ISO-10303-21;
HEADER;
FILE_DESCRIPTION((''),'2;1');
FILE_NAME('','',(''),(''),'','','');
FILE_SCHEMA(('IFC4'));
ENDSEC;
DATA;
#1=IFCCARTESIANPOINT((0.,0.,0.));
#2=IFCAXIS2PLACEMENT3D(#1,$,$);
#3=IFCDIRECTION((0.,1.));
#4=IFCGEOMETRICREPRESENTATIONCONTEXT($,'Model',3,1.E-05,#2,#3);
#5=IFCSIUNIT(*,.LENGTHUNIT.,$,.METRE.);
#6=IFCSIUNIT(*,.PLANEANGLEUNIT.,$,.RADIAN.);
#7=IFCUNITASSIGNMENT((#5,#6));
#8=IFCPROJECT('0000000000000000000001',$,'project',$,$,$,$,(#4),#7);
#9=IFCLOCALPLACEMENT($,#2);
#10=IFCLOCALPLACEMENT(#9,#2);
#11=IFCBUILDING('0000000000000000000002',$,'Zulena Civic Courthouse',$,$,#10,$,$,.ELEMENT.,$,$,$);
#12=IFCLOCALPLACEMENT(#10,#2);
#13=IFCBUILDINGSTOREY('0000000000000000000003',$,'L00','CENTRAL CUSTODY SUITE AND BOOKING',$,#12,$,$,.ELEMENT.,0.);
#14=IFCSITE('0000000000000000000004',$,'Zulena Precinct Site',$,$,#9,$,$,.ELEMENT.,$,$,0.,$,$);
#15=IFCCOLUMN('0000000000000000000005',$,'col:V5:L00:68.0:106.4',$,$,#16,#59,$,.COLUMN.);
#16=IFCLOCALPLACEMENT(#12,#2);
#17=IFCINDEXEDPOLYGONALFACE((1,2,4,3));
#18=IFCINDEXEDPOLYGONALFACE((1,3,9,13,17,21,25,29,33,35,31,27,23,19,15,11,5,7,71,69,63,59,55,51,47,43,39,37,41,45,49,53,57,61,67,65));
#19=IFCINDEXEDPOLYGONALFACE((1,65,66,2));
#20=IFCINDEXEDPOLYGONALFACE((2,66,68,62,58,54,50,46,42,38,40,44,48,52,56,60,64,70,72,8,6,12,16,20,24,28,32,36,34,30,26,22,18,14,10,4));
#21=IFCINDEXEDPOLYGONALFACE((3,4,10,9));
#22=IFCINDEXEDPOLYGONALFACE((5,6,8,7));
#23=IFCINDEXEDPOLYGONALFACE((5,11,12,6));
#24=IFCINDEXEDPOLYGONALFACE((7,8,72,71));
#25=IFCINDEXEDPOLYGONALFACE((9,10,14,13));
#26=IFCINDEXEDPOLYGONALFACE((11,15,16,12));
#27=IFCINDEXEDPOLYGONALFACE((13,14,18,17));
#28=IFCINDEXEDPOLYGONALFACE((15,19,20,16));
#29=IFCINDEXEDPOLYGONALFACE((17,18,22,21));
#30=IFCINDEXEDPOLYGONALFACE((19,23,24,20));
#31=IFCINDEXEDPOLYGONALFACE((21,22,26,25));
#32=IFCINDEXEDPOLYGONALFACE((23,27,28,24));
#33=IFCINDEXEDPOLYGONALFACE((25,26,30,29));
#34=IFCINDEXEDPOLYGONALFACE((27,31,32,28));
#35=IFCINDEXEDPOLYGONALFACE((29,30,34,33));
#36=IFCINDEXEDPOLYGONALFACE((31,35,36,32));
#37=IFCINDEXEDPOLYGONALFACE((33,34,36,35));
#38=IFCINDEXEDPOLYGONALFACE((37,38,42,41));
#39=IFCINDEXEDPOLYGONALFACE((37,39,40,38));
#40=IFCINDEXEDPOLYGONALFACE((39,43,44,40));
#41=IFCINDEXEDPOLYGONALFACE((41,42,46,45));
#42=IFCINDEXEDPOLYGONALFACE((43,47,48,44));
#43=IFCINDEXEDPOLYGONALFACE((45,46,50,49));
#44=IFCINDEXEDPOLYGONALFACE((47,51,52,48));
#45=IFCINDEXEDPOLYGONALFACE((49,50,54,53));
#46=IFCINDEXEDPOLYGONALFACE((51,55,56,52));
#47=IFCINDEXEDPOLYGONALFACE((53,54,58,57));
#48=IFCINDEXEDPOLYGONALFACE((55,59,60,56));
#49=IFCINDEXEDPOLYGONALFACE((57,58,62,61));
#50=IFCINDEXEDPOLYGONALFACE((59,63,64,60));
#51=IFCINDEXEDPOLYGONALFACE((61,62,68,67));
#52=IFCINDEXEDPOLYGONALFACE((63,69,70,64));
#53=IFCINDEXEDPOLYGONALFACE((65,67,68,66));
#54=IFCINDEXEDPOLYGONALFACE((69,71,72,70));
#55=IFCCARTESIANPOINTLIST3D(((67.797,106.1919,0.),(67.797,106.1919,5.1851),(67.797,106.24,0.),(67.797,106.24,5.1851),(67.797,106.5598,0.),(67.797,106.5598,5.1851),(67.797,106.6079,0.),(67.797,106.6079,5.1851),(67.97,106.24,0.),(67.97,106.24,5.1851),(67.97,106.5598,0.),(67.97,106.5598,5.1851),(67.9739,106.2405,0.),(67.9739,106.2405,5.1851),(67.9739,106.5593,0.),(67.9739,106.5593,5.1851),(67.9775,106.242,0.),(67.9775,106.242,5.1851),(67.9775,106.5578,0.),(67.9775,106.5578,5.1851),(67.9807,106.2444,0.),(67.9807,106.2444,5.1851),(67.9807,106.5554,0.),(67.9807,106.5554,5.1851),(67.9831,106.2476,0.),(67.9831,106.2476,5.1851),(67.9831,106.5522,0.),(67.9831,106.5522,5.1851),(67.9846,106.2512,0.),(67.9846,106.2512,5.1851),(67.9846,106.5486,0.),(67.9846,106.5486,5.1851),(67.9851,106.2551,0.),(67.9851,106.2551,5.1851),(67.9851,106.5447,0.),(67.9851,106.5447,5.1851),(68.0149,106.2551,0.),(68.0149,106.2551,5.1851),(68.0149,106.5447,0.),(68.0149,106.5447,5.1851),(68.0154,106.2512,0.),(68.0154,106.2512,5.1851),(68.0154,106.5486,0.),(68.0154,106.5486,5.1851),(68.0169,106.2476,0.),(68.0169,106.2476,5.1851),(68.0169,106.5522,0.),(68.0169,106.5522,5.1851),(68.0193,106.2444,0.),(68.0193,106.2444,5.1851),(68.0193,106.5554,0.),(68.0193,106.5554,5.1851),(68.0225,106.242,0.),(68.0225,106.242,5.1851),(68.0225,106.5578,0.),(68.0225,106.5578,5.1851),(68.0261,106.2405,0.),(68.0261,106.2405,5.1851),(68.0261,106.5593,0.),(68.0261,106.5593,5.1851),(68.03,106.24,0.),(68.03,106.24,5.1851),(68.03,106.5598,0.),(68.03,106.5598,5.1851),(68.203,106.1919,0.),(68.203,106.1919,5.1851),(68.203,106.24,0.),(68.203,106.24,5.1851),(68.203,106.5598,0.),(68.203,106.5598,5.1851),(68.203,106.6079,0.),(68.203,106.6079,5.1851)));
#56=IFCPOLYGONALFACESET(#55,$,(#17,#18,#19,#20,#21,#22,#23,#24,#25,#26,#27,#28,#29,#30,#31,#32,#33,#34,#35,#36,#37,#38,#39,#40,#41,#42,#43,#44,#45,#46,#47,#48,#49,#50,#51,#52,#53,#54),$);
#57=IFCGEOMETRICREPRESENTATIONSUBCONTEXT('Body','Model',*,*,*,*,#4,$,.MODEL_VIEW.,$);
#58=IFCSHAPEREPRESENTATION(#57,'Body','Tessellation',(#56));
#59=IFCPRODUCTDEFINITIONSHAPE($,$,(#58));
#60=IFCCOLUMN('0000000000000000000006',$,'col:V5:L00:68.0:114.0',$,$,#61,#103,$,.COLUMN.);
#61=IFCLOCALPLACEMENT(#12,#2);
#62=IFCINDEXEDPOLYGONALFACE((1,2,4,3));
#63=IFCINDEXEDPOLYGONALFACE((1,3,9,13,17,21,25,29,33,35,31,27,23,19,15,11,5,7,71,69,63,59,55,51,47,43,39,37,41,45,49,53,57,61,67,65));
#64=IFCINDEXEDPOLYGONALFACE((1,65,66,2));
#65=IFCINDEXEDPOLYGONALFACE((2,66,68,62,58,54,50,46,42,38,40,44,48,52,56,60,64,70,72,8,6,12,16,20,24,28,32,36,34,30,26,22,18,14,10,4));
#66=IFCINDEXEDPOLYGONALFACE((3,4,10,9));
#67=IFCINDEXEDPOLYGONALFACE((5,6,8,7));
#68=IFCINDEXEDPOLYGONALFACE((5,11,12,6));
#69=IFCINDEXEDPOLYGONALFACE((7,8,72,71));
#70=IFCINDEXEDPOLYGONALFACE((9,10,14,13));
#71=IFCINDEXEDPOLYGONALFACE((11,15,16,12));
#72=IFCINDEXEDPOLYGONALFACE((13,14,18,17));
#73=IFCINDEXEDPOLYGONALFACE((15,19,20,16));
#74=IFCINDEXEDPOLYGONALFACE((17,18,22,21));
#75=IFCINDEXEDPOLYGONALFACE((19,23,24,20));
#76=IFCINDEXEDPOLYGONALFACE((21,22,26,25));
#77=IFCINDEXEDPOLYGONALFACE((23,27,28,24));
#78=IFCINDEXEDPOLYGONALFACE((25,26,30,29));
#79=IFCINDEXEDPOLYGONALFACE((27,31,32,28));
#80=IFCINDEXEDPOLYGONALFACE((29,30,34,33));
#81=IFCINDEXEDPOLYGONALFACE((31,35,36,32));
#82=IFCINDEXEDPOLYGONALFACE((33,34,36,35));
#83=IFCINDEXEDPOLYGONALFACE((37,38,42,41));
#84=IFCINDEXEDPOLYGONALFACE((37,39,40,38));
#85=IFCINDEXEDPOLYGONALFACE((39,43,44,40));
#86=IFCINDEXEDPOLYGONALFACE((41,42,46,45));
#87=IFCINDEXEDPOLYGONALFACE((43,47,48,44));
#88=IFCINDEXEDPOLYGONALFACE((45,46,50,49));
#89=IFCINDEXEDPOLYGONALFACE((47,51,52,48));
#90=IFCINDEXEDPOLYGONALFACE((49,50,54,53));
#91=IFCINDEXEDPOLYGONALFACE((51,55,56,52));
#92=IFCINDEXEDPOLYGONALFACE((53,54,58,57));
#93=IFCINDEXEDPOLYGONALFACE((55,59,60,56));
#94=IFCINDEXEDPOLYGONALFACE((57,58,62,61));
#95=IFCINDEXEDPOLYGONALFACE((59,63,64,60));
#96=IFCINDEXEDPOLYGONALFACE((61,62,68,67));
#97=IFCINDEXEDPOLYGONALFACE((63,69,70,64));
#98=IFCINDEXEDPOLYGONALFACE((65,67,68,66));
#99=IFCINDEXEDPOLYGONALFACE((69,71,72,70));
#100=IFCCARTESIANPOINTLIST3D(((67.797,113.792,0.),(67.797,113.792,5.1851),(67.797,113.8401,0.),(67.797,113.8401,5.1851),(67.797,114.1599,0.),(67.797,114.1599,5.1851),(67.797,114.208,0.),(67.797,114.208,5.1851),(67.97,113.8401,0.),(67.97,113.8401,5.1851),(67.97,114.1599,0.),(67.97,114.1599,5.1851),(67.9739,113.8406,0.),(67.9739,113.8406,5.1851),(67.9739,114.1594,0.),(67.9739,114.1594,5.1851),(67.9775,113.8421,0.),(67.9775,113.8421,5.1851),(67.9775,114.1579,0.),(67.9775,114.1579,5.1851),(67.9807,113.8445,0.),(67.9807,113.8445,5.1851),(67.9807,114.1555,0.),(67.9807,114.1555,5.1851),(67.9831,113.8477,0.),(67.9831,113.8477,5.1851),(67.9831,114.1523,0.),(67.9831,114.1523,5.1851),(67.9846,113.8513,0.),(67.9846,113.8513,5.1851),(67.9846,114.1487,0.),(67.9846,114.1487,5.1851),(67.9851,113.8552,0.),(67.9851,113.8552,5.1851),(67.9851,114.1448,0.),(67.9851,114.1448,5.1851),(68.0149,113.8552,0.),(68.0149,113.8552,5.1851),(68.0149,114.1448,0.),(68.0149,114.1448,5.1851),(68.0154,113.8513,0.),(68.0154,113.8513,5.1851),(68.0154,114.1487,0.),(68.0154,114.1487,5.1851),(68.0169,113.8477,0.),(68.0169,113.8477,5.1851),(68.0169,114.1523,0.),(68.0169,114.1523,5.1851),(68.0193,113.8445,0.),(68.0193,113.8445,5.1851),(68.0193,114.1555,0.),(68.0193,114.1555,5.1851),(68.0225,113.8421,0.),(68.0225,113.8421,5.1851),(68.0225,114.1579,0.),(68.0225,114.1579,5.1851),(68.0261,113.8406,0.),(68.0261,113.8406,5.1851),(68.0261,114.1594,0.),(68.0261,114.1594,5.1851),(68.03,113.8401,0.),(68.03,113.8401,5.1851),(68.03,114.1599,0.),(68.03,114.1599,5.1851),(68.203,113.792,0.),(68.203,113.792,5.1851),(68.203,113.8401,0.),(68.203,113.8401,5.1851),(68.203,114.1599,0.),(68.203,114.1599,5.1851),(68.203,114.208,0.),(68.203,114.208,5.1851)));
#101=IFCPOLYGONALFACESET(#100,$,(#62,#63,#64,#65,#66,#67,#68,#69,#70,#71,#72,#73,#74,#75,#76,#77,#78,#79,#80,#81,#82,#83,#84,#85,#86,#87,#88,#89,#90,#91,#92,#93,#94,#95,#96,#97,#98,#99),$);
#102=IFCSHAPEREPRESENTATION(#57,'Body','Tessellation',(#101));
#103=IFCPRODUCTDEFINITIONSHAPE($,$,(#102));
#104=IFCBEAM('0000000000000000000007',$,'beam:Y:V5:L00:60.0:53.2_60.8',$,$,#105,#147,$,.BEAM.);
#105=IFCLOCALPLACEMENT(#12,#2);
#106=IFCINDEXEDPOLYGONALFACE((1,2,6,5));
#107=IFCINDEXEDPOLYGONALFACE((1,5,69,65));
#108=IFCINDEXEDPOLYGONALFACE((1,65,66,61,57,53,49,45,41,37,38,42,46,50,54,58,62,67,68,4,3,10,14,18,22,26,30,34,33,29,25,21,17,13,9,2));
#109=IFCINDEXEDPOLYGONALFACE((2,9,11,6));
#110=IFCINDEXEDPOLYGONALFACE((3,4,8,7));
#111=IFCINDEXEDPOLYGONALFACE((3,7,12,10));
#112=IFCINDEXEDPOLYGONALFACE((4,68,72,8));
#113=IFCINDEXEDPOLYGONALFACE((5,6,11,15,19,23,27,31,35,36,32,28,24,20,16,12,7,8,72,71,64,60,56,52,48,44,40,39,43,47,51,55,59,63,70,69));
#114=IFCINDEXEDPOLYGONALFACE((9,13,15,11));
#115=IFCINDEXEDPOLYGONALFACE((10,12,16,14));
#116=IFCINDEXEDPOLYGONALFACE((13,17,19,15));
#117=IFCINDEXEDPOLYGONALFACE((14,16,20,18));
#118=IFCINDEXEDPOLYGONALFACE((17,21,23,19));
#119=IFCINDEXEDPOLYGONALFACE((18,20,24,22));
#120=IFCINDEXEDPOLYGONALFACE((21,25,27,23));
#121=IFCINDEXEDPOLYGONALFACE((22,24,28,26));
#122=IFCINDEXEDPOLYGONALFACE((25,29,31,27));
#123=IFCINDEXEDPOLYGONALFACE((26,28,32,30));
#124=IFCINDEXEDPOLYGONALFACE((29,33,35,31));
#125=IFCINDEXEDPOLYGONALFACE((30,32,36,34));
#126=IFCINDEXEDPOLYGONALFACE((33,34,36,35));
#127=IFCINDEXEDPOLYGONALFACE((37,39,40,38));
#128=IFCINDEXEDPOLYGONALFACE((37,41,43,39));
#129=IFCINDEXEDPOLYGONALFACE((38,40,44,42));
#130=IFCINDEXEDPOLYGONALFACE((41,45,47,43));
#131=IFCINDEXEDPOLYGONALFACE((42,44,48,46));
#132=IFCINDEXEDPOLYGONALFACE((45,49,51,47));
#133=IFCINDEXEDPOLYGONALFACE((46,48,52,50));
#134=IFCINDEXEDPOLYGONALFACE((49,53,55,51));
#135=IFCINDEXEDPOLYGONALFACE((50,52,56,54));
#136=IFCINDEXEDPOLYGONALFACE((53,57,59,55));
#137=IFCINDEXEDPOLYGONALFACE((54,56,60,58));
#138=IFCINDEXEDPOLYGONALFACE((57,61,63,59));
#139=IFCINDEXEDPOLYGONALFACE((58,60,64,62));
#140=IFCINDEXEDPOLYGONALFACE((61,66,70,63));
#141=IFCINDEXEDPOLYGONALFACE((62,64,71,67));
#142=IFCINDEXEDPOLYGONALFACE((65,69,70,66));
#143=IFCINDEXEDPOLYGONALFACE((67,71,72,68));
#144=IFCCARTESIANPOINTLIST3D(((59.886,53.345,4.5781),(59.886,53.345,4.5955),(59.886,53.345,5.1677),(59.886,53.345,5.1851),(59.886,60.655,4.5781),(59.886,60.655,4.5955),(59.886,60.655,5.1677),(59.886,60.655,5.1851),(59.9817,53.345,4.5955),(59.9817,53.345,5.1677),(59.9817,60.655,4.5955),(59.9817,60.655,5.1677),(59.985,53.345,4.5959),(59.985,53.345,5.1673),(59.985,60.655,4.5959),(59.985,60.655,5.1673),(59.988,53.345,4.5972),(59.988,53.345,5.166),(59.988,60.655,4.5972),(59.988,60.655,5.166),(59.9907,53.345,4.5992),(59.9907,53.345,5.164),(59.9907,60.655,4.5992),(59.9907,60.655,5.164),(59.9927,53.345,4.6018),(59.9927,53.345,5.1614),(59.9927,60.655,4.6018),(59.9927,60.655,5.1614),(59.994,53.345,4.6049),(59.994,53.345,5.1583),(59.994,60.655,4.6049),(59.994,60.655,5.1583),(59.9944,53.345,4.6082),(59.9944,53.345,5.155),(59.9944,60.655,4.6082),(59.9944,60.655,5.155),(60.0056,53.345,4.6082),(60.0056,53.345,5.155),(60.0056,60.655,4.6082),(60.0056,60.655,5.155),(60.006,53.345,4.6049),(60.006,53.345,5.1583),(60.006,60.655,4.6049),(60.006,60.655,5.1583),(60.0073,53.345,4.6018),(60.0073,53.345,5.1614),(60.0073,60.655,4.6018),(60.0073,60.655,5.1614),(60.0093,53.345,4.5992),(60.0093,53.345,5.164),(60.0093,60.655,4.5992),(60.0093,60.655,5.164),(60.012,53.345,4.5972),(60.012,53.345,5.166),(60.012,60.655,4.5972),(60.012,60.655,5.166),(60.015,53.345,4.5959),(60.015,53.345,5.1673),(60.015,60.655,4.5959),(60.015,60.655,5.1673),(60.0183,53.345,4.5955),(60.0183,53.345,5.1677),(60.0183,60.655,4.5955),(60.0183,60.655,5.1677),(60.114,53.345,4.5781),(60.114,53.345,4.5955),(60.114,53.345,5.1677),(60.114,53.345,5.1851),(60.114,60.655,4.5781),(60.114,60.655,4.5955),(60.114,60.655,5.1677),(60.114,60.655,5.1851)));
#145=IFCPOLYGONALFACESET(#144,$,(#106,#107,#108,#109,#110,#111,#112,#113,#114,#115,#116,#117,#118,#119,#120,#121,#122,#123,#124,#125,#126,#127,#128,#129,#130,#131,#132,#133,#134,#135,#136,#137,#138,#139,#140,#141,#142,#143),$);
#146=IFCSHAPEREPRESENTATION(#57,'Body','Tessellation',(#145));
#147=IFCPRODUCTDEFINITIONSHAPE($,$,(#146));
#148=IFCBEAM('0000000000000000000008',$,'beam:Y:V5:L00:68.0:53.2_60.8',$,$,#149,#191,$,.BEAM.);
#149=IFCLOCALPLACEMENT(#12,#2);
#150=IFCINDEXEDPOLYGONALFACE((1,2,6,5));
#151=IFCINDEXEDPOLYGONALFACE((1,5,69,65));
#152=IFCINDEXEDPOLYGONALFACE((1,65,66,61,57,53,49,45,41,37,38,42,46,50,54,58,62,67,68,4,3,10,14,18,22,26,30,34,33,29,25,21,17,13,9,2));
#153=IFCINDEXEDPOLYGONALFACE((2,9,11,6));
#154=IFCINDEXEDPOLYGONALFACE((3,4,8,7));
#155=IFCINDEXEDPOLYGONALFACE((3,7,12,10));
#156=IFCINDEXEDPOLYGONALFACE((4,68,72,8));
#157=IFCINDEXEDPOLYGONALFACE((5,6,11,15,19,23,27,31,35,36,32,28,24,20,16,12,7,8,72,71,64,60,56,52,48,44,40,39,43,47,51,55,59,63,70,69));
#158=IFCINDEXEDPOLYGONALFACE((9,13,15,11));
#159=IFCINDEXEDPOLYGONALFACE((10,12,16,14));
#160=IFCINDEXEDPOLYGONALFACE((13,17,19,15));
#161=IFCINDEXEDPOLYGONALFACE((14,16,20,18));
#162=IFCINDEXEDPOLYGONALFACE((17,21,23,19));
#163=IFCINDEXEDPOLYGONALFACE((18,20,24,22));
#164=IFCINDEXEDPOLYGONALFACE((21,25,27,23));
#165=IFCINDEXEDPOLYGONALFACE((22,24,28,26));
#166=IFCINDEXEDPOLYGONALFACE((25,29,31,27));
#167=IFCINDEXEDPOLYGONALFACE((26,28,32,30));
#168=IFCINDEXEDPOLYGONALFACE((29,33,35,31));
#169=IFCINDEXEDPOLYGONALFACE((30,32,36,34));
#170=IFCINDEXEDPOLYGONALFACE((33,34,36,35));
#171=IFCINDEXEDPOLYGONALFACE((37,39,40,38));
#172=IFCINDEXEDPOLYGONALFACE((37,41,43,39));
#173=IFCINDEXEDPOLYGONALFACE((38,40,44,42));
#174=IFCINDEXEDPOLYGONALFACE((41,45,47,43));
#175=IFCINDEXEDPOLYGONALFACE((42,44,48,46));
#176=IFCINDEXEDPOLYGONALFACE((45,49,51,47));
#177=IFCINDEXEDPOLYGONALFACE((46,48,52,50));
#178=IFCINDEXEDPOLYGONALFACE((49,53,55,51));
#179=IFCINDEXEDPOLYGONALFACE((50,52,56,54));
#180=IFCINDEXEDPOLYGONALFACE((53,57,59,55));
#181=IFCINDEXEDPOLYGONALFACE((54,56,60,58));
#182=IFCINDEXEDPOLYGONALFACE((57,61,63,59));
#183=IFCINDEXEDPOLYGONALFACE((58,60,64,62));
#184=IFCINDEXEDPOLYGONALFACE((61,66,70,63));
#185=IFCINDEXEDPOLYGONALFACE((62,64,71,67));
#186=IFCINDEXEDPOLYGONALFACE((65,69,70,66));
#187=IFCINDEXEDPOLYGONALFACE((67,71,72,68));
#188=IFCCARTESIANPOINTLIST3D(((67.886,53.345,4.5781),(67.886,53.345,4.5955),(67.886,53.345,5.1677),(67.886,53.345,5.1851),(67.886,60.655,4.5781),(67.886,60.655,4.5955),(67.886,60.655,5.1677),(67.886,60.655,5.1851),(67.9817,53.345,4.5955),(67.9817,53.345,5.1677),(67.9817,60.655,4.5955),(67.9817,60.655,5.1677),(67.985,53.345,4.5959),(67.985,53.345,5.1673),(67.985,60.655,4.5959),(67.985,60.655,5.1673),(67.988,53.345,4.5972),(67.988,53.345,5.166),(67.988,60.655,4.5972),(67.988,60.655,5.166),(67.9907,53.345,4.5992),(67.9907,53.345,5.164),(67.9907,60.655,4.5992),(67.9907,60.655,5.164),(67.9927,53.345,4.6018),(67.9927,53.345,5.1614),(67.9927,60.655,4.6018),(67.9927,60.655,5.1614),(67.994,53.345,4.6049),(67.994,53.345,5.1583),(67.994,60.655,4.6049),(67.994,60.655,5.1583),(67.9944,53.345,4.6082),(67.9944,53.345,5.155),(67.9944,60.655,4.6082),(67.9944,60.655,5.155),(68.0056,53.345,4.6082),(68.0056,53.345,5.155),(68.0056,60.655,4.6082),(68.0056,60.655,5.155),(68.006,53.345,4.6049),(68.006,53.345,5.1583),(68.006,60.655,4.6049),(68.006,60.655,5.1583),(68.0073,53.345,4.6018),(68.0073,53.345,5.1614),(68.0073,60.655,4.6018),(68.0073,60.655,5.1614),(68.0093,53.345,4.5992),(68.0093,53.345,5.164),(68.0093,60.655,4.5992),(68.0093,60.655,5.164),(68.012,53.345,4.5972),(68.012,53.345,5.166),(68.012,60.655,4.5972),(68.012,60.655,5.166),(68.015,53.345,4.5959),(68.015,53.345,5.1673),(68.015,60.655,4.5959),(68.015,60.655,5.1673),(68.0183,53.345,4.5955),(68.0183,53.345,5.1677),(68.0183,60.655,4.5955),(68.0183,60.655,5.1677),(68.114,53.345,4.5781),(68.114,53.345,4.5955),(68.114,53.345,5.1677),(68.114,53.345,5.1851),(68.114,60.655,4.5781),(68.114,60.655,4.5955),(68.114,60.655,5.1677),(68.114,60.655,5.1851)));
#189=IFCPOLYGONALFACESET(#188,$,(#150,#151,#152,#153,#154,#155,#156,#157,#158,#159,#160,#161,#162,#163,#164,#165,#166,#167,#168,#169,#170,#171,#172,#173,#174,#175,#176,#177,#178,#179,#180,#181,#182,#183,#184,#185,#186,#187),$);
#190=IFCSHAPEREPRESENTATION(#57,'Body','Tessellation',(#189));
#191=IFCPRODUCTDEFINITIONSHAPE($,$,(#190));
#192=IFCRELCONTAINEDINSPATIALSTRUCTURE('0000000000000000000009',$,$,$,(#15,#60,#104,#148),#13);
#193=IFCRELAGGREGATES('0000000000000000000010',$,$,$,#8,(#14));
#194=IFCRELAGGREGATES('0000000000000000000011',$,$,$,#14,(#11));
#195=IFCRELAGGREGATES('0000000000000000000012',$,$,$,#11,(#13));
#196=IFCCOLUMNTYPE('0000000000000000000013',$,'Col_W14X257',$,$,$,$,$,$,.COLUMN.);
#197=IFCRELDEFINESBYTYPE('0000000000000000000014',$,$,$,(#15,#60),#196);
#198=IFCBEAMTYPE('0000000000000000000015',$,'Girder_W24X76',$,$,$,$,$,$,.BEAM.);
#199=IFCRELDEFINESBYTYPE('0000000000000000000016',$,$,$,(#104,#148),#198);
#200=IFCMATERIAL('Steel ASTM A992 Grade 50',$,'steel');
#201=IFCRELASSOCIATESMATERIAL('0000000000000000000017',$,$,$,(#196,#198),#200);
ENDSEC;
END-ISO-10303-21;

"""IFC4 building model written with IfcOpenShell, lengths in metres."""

from ifc_helpers import new_model, si_unit, direction, frame, origin, origin_2d, place, context, subcontext, project, spatial, i_section, extrude, material, material_profile, profile_set, type_object, element, save


model = new_model("IFC4")

# Units and contexts
model_context = context("Model", 3, precision=1e-05, world=origin(), true_north=direction((0.0, 1.0)))
body_context = subcontext(model_context, "Body", "Model", "MODEL_VIEW")
ifc_project = project(units=[si_unit("LENGTHUNIT", "METRE"), si_unit("PLANEANGLEUNIT", "RADIAN")], contexts=[model_context])

# Site, building, storey
site_placement = place(None, origin())
site = spatial("IfcSite", under=ifc_project, at=site_placement, Name="Zulena Precinct Site", CompositionType="ELEMENT", RefElevation=0.0)
building_placement = place(site_placement, origin())
building = spatial("IfcBuilding", under=site, at=building_placement, Name="Zulena Civic Courthouse", CompositionType="ELEMENT")
storey_placement = place(building_placement, origin())
storey = spatial("IfcBuildingStorey", under=building, at=storey_placement, Name="L00", Description="CENTRAL CUSTODY SUITE AND BOOKING", CompositionType="ELEMENT", Elevation=0.0)

# Columns
ifc_material_1 = material(Name="Steel ASTM A992 Grade 50", Category="steel")
ifc_material_profile_1 = material_profile(ifc_material_1, i_section(OverallWidth=0.406, OverallDepth=0.416, WebThickness=0.0298, FlangeThickness=0.0481, FilletRadius=0.0151, at=origin_2d()), Name="W14X257")
ifc_profile_set_1 = profile_set([ifc_material_profile_1], Name="Steel ASTM A992 Grade 50")
column_type_1 = type_object("IfcColumnType", Name="Col_W14X257", PredefinedType="COLUMN", material=ifc_profile_set_1)
for number, where, z_axis, x_axis, name in (
    (1, (68.0, 106.3999, 0.0), (0.0, 0.0, 1.0), (1.0, 0.0, 0.0), "col:V5:L00:68.0:106.4"),
    (2, (68.0, 114.0, 0.0), (0.0, 0.0, 1.0), (1.0, 0.0, 0.0), "col:V5:L00:68.0:114.0"),
):
    element("IfcColumn", number, at=place(storey_placement, frame(where, z_axis=z_axis, x_axis=x_axis)), inside=storey, type_object=column_type_1, Name=name, PredefinedType="COLUMN", context=body_context, shape_type="SweptSolid", body=[
        extrude(i_section(OverallWidth=0.406, OverallDepth=0.416, WebThickness=0.0298, FlangeThickness=0.0481, FilletRadius=0.0151, at=origin_2d()), origin(), (0.0, 0.0, 1.0), 5.1851),
    ])

# Beams
ifc_material_profile_2 = material_profile(ifc_material_1, i_section(OverallWidth=0.228, OverallDepth=0.6069, WebThickness=0.0112, FlangeThickness=0.0173, FilletRadius=0.0127, at=origin_2d()), Name="W24X76")
ifc_profile_set_2 = profile_set([ifc_material_profile_2], Name="Steel ASTM A992 Grade 50")
beam_type_1 = type_object("IfcBeamType", Name="Girder_W24X76", PredefinedType="BEAM", material=ifc_profile_set_2)
for number, where, z_axis, x_axis, name in (
    (3, (60.0, 53.345, 4.8816), (0.0, 1.0, 0.0), (-1.0, 0.0, 0.0), "beam:Y:V5:L00:60.0:53.2_60.8"),
    (4, (68.0, 53.345, 4.8816), (0.0, 1.0, 0.0), (-1.0, 0.0, 0.0), "beam:Y:V5:L00:68.0:53.2_60.8"),
):
    element("IfcBeam", number, at=place(storey_placement, frame(where, z_axis=z_axis, x_axis=x_axis)), inside=storey, type_object=beam_type_1, Name=name, PredefinedType="BEAM", context=body_context, shape_type="SweptSolid", body=[
        extrude(i_section(OverallWidth=0.228, OverallDepth=0.6069, WebThickness=0.0112, FlangeThickness=0.0173, FilletRadius=0.0127, at=origin_2d()), origin(), (0.0, 0.0, 1.0), 7.3101),
    ])

save(model, "model.ifc")
